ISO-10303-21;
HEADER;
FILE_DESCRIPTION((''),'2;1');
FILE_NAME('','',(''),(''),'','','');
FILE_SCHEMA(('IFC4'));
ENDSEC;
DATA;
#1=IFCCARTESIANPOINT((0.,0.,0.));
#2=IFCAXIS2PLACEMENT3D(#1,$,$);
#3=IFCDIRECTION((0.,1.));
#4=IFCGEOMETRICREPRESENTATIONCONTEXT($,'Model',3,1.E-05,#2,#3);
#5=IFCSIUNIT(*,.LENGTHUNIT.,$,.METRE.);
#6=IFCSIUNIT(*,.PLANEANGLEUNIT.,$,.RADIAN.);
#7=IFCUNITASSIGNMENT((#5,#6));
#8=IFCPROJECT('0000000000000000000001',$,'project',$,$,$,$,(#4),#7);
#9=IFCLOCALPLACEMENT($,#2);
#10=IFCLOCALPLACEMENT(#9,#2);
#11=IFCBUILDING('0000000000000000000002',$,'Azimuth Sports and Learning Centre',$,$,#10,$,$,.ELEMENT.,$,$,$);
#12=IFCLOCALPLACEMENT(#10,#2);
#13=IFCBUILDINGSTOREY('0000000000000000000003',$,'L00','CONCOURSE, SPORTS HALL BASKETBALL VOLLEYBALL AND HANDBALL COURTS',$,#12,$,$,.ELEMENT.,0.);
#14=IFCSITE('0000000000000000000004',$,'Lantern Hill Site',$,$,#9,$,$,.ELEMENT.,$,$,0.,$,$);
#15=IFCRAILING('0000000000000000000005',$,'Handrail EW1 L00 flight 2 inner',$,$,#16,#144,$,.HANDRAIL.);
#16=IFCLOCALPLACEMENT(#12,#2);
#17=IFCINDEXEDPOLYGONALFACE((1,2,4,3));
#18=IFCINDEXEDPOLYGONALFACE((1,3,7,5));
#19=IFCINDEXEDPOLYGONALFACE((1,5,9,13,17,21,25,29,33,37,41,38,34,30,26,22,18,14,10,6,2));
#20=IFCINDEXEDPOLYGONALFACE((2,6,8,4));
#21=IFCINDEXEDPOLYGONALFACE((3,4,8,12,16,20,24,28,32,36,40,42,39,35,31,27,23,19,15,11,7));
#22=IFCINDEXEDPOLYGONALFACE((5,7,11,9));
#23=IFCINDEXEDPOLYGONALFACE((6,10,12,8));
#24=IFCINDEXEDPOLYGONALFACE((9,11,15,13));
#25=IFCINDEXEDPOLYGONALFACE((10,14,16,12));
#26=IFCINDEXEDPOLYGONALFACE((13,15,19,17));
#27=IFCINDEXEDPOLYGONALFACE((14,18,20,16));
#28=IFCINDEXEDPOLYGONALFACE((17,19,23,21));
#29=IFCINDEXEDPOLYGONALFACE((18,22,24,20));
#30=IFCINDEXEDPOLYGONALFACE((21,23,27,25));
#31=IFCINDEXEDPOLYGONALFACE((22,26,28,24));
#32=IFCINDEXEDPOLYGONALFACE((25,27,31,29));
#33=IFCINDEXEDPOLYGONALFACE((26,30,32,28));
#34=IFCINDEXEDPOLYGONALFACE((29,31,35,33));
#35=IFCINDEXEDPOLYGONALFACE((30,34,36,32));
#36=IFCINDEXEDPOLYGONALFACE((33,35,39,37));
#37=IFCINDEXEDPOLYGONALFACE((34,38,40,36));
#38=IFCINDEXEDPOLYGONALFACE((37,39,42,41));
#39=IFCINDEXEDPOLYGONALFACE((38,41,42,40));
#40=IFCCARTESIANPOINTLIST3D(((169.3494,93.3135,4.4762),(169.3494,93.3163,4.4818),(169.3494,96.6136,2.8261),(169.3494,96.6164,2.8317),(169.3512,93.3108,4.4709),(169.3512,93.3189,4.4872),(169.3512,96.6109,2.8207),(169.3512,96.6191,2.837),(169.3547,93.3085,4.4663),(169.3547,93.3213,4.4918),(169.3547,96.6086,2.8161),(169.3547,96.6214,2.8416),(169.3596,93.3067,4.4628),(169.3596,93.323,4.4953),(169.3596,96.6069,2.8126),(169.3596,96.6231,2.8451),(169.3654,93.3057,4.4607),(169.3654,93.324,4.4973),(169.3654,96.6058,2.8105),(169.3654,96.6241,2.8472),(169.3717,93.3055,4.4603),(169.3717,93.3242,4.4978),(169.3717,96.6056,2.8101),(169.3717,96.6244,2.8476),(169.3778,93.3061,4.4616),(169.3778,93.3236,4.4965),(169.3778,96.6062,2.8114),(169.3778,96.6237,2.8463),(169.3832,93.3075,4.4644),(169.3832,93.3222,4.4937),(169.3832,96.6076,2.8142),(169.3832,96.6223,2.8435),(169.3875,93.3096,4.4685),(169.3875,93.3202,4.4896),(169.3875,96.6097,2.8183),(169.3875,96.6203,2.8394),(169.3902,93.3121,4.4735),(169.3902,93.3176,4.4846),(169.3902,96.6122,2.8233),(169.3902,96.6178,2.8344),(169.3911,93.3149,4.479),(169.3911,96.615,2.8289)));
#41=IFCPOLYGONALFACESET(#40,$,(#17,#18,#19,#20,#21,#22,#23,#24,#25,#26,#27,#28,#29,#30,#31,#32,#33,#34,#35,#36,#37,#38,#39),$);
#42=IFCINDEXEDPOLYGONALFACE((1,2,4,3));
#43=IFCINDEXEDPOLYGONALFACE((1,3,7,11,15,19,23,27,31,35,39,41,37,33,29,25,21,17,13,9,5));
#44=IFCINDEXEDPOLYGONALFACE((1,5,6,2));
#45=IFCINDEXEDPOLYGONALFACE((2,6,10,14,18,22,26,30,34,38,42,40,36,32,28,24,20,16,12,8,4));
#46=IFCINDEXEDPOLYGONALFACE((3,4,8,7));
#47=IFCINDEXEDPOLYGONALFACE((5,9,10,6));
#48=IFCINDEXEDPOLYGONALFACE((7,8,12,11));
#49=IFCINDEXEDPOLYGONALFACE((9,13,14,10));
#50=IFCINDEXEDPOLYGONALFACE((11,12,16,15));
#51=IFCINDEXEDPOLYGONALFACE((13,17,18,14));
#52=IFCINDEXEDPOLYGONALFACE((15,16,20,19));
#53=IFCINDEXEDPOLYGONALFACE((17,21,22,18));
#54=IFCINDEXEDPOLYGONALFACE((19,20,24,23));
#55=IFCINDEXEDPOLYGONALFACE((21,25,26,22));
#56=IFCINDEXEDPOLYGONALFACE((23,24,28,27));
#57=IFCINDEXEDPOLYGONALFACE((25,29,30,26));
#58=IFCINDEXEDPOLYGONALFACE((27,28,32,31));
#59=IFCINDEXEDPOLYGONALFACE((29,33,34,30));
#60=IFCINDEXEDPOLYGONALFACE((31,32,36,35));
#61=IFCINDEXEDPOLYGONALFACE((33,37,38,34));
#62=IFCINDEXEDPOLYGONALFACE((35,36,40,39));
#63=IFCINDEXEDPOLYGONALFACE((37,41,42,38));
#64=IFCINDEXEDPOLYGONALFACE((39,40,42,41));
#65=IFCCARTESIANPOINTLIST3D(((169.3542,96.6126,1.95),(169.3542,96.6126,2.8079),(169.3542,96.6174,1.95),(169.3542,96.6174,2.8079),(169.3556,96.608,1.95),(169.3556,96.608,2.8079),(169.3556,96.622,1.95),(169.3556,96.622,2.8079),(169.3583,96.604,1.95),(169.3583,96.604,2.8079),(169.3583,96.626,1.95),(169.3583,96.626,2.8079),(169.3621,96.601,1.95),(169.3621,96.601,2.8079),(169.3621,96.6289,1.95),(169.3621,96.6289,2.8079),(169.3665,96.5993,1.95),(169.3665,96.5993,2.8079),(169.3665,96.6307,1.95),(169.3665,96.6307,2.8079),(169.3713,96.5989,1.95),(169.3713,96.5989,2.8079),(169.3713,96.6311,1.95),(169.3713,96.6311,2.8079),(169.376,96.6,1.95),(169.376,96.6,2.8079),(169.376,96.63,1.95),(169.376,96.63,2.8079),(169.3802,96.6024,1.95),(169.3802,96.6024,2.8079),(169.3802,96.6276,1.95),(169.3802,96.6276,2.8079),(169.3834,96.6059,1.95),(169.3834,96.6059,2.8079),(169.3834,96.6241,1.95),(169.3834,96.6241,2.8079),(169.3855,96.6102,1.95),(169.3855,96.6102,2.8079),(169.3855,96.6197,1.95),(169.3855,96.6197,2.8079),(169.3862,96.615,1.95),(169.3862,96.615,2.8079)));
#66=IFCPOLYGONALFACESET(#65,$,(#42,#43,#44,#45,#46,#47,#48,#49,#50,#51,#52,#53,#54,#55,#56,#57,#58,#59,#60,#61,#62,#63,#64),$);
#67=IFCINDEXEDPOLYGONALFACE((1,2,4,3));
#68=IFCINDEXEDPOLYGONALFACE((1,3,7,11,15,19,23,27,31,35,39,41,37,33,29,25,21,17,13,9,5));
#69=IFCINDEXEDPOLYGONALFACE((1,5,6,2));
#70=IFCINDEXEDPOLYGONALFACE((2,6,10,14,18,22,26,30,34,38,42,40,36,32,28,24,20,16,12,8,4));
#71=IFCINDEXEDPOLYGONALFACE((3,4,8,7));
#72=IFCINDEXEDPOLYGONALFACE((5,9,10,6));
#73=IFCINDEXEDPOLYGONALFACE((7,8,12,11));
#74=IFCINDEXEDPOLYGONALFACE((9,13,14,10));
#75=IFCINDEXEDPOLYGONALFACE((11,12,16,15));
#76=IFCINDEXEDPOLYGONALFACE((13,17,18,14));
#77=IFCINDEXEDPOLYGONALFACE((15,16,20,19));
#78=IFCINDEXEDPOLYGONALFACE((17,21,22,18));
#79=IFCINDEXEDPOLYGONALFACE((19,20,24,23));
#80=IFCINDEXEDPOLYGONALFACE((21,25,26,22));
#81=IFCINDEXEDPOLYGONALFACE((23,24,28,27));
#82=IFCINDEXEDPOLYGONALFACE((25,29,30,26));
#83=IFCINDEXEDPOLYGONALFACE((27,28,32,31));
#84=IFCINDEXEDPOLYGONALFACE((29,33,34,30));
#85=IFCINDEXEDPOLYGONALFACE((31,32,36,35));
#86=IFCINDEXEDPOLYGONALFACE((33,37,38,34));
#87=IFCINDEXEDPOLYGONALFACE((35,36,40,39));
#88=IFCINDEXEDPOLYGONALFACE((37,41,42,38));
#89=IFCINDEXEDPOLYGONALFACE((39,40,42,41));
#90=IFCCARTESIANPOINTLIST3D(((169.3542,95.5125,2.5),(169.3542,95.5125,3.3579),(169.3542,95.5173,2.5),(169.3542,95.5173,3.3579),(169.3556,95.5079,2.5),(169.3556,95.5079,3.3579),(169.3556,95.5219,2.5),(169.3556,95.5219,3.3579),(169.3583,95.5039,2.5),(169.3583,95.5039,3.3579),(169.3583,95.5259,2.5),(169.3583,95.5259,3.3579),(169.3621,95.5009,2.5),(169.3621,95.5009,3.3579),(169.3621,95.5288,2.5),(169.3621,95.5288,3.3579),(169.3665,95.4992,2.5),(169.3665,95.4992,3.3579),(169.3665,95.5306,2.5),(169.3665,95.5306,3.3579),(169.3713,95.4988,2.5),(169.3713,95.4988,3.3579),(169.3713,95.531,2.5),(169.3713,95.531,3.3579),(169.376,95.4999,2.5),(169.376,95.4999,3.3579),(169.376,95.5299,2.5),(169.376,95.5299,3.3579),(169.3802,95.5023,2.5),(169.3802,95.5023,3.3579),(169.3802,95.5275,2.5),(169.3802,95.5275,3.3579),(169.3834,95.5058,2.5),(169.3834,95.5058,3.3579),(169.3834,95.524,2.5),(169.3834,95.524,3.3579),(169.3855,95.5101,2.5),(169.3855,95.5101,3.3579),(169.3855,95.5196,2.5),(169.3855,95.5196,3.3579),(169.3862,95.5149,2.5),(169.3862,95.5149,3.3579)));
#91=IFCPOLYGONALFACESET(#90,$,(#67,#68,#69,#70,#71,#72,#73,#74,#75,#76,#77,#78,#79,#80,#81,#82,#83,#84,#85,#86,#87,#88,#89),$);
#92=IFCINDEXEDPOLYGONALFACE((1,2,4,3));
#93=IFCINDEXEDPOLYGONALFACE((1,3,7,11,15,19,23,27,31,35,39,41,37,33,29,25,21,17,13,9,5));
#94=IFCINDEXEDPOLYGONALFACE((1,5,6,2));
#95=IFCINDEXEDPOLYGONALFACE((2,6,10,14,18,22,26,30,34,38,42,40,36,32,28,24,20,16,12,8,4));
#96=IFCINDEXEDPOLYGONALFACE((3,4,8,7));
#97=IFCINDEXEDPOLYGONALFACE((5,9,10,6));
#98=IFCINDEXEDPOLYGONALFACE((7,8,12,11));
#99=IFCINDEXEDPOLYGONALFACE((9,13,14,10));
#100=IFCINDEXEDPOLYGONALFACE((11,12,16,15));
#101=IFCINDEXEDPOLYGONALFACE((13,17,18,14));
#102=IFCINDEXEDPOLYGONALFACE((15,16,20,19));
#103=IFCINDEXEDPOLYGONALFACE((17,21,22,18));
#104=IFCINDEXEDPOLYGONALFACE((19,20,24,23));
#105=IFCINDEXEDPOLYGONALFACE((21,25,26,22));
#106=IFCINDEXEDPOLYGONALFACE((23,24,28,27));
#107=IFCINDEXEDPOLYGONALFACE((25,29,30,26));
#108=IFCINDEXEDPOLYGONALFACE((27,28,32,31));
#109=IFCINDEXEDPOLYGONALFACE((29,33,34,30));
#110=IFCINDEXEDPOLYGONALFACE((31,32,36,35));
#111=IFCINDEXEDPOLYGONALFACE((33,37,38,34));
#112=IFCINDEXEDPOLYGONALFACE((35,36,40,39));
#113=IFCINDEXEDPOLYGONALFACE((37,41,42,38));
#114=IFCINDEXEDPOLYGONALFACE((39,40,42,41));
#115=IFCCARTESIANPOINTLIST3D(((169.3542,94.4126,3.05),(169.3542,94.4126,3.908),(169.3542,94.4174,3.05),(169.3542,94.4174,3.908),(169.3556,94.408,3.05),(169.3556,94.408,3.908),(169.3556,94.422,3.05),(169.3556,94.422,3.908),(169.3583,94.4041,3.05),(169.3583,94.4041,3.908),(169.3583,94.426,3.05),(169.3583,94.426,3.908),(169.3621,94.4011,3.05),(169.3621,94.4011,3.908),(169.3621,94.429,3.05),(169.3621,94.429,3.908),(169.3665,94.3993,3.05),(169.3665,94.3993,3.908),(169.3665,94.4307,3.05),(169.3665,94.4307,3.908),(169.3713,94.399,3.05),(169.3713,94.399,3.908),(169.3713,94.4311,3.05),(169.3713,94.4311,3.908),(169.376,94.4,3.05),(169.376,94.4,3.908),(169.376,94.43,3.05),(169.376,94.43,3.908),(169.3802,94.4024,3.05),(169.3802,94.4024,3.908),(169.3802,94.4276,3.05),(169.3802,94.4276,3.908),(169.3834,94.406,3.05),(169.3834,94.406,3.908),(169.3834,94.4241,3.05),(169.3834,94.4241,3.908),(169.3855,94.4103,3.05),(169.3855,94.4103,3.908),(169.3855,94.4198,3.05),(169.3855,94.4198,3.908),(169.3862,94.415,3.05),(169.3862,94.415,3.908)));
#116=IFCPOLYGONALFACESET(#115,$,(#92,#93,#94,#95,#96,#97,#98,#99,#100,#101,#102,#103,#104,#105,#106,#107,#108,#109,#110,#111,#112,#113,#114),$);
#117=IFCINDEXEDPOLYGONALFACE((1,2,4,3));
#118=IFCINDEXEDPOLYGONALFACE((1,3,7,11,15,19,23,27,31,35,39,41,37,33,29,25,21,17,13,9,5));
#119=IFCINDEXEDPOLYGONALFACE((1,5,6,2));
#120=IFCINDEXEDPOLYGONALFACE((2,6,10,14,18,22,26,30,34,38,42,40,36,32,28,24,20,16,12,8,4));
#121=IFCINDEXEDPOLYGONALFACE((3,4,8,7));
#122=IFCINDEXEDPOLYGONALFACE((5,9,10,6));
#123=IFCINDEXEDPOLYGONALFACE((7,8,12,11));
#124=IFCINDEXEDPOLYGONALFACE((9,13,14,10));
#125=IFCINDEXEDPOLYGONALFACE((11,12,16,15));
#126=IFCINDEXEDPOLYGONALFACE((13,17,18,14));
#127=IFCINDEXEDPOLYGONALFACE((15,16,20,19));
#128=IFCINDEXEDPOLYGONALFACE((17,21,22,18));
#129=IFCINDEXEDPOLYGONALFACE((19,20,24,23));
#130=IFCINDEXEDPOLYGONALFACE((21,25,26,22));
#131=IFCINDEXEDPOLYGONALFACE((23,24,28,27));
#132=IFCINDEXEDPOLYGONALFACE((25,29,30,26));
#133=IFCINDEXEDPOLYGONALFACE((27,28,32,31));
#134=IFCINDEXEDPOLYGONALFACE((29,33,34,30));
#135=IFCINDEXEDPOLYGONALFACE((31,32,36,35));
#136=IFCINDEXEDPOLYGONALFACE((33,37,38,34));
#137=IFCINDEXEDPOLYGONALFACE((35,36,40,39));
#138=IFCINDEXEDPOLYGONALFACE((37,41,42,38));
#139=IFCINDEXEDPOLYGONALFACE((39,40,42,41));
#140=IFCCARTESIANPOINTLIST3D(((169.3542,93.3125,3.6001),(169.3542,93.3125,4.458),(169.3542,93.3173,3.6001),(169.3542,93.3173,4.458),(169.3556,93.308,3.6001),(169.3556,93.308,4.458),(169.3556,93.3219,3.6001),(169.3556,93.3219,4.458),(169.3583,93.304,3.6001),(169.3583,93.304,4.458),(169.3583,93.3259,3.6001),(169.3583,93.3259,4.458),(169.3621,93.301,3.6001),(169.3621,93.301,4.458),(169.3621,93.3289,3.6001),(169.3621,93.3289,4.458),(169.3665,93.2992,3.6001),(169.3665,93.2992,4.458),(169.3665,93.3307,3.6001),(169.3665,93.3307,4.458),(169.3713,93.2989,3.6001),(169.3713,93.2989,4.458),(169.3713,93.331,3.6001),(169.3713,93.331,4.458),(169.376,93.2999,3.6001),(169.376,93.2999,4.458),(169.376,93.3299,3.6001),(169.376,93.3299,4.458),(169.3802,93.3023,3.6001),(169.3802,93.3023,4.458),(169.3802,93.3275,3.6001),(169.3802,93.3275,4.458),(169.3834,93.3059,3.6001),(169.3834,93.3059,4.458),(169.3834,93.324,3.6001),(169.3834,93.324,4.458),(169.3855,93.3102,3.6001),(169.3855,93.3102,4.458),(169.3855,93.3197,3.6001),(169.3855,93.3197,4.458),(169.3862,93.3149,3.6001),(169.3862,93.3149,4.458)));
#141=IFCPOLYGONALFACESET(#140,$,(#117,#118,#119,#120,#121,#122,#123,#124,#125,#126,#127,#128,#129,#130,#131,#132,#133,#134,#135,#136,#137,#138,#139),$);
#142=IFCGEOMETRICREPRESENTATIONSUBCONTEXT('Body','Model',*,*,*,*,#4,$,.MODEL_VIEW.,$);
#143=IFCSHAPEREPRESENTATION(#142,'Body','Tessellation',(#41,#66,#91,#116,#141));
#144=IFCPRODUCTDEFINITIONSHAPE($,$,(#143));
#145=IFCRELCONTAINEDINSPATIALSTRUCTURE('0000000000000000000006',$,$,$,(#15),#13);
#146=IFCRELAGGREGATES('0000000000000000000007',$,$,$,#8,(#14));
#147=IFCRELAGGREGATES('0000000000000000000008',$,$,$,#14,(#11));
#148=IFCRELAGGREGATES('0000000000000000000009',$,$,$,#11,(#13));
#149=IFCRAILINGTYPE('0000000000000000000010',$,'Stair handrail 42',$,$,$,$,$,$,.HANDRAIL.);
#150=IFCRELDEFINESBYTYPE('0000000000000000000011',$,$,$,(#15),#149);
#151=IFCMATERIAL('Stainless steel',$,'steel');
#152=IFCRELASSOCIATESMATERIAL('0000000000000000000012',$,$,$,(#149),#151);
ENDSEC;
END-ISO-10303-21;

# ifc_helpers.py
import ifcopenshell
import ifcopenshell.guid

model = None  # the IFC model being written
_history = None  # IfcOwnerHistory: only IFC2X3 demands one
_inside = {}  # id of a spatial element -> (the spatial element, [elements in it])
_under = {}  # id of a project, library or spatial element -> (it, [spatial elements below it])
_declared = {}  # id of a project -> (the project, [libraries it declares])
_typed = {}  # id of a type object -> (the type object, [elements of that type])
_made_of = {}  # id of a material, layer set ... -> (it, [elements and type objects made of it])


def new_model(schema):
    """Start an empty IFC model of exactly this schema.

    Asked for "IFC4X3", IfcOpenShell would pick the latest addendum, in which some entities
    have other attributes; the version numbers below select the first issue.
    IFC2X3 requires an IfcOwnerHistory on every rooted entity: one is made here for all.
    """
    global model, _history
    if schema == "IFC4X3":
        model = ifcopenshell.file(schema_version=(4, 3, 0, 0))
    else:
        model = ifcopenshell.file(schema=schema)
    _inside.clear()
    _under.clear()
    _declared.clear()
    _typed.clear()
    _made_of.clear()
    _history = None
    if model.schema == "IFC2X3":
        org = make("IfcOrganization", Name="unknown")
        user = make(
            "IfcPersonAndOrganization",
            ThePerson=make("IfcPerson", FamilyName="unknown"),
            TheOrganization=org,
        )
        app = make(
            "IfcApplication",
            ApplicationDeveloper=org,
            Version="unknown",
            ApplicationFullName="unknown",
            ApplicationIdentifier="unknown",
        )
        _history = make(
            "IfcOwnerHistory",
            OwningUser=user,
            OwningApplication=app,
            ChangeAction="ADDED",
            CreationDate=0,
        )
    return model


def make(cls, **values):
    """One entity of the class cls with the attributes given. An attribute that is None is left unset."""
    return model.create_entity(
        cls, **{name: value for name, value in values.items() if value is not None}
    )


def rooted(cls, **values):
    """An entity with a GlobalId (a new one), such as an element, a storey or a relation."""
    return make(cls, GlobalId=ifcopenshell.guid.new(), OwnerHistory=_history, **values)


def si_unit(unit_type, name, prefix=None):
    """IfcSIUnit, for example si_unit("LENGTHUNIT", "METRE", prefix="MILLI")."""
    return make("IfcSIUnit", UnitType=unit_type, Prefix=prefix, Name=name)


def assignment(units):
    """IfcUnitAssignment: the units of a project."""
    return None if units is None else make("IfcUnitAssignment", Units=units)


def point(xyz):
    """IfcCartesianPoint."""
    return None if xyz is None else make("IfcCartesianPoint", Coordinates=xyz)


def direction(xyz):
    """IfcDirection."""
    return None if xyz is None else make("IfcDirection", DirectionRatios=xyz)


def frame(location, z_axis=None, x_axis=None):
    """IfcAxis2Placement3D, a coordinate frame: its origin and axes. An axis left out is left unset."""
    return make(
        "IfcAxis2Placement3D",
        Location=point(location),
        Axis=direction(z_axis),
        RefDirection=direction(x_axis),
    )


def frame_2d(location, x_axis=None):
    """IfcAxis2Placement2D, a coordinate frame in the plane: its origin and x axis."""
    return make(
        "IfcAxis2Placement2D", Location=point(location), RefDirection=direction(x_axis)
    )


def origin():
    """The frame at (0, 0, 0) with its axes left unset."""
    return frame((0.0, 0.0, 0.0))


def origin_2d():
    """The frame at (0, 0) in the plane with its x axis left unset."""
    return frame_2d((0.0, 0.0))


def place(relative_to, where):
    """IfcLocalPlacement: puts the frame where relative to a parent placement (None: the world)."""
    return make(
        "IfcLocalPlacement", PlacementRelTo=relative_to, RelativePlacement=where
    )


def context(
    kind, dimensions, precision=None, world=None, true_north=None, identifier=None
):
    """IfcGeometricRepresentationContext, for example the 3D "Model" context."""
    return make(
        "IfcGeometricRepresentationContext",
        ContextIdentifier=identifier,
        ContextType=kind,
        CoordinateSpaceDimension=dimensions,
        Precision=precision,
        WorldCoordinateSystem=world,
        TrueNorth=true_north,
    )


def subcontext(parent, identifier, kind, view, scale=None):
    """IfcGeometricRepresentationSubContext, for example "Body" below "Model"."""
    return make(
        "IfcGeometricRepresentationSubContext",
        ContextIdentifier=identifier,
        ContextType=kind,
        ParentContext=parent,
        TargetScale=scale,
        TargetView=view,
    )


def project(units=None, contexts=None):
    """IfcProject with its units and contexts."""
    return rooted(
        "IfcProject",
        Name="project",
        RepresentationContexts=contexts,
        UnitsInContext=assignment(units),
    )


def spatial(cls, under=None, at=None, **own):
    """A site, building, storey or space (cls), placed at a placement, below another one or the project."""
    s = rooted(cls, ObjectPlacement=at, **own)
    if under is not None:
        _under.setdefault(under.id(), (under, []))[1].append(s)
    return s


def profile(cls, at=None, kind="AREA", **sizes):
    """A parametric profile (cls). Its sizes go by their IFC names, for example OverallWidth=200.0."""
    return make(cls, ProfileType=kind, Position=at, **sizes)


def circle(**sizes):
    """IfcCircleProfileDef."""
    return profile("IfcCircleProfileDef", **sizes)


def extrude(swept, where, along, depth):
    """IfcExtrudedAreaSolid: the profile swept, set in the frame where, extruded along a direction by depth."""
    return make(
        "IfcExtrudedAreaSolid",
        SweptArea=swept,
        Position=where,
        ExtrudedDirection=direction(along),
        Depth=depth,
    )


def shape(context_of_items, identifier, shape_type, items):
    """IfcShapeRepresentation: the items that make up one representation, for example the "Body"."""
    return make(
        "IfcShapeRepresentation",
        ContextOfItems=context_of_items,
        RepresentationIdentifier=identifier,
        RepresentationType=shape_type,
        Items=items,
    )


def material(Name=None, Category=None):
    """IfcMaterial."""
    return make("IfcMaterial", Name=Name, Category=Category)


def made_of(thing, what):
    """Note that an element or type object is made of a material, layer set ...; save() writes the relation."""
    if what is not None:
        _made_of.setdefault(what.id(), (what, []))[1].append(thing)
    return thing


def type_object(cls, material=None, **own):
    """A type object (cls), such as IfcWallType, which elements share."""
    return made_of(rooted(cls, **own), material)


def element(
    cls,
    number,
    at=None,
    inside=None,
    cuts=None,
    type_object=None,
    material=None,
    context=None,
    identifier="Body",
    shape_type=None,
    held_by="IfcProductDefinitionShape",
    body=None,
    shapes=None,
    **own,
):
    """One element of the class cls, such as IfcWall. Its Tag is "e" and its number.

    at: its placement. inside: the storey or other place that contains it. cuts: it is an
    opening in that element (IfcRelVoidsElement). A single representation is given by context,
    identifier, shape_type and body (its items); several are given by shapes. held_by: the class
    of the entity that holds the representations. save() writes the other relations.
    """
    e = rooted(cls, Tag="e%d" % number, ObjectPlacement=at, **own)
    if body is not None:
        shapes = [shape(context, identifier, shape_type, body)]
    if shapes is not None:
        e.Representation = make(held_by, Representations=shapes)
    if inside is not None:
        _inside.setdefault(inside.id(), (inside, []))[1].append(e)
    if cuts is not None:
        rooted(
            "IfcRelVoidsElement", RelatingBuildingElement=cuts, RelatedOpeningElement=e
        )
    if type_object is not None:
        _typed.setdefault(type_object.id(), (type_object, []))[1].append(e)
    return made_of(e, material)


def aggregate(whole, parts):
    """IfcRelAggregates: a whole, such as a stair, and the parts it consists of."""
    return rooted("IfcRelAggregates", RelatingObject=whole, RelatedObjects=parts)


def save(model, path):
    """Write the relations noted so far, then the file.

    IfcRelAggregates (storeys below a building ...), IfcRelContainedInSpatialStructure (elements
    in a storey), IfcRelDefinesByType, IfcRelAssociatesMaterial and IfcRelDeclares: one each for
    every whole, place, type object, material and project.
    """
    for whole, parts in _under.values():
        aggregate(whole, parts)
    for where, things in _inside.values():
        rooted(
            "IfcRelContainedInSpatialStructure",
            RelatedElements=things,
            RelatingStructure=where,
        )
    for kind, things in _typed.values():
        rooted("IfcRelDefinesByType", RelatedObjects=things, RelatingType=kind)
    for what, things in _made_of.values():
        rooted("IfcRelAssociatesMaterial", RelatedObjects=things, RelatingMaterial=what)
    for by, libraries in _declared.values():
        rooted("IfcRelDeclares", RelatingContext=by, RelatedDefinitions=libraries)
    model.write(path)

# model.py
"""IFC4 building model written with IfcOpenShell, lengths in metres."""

from ifc_helpers import new_model, si_unit, direction, frame, origin, origin_2d, place, context, subcontext, project, spatial, circle, extrude, material, type_object, element, save


model = new_model("IFC4")

# Units and contexts
model_context = context("Model", 3, precision=1e-05, world=origin(), true_north=direction((0.0, 1.0)))
body_context = subcontext(model_context, "Body", "Model", "MODEL_VIEW")
ifc_project = project(units=[si_unit("LENGTHUNIT", "METRE"), si_unit("PLANEANGLEUNIT", "RADIAN")], contexts=[model_context])

# Site, building, storey
site_placement = place(None, origin())
site = spatial("IfcSite", under=ifc_project, at=site_placement, Name="Lantern Hill Site", CompositionType="ELEMENT", RefElevation=0.0)
building_placement = place(site_placement, origin())
building = spatial("IfcBuilding", under=site, at=building_placement, Name="Azimuth Sports and Learning Centre", CompositionType="ELEMENT")
storey_placement = place(building_placement, origin())
storey = spatial("IfcBuildingStorey", under=building, at=storey_placement, Name="L00", Description="CONCOURSE, SPORTS HALL BASKETBALL VOLLEYBALL AND HANDBALL COURTS", CompositionType="ELEMENT", Elevation=0.0)

# Railing
ifc_material_1 = material(Name="Stainless steel", Category="steel")
railing_type_1 = type_object("IfcRailingType", Name="Stair handrail 42", PredefinedType="HANDRAIL", material=ifc_material_1)
for number, where, name in (
    (1, (169.3701, 96.615, 1.95), "Handrail EW1 L00 flight 2 inner"),
):
    element("IfcRailing", number, at=place(storey_placement, frame(where)), inside=storey, type_object=railing_type_1, Name=name, PredefinedType="HANDRAIL", context=body_context, shape_type="SweptSolid", body=[
        extrude(circle(Radius=0.021, at=origin_2d()), frame((0.0, 0.0, 0.8789), z_axis=(0.0, -0.894414, 0.44724), x_axis=(1.0, 0.0, 0.0)), (0.0, 0.0, 1.0), 3.6897),
        extrude(circle(Radius=0.0161, at=origin_2d()), origin(), (0.0, 0.0, 1.0), 0.8579),
        extrude(circle(Radius=0.0161, at=origin_2d()), frame((0.0, -1.1001, 0.55)), (0.0, 0.0, 1.0), 0.8579),
        extrude(circle(Radius=0.0161, at=origin_2d()), frame((0.0, -2.2, 1.1001)), (0.0, 0.0, 1.0), 0.8579),
        extrude(circle(Radius=0.0161, at=origin_2d()), frame((0.0, -3.3, 1.6501)), (0.0, 0.0, 1.0), 0.8579),
    ])

save(model, "model.ifc")
